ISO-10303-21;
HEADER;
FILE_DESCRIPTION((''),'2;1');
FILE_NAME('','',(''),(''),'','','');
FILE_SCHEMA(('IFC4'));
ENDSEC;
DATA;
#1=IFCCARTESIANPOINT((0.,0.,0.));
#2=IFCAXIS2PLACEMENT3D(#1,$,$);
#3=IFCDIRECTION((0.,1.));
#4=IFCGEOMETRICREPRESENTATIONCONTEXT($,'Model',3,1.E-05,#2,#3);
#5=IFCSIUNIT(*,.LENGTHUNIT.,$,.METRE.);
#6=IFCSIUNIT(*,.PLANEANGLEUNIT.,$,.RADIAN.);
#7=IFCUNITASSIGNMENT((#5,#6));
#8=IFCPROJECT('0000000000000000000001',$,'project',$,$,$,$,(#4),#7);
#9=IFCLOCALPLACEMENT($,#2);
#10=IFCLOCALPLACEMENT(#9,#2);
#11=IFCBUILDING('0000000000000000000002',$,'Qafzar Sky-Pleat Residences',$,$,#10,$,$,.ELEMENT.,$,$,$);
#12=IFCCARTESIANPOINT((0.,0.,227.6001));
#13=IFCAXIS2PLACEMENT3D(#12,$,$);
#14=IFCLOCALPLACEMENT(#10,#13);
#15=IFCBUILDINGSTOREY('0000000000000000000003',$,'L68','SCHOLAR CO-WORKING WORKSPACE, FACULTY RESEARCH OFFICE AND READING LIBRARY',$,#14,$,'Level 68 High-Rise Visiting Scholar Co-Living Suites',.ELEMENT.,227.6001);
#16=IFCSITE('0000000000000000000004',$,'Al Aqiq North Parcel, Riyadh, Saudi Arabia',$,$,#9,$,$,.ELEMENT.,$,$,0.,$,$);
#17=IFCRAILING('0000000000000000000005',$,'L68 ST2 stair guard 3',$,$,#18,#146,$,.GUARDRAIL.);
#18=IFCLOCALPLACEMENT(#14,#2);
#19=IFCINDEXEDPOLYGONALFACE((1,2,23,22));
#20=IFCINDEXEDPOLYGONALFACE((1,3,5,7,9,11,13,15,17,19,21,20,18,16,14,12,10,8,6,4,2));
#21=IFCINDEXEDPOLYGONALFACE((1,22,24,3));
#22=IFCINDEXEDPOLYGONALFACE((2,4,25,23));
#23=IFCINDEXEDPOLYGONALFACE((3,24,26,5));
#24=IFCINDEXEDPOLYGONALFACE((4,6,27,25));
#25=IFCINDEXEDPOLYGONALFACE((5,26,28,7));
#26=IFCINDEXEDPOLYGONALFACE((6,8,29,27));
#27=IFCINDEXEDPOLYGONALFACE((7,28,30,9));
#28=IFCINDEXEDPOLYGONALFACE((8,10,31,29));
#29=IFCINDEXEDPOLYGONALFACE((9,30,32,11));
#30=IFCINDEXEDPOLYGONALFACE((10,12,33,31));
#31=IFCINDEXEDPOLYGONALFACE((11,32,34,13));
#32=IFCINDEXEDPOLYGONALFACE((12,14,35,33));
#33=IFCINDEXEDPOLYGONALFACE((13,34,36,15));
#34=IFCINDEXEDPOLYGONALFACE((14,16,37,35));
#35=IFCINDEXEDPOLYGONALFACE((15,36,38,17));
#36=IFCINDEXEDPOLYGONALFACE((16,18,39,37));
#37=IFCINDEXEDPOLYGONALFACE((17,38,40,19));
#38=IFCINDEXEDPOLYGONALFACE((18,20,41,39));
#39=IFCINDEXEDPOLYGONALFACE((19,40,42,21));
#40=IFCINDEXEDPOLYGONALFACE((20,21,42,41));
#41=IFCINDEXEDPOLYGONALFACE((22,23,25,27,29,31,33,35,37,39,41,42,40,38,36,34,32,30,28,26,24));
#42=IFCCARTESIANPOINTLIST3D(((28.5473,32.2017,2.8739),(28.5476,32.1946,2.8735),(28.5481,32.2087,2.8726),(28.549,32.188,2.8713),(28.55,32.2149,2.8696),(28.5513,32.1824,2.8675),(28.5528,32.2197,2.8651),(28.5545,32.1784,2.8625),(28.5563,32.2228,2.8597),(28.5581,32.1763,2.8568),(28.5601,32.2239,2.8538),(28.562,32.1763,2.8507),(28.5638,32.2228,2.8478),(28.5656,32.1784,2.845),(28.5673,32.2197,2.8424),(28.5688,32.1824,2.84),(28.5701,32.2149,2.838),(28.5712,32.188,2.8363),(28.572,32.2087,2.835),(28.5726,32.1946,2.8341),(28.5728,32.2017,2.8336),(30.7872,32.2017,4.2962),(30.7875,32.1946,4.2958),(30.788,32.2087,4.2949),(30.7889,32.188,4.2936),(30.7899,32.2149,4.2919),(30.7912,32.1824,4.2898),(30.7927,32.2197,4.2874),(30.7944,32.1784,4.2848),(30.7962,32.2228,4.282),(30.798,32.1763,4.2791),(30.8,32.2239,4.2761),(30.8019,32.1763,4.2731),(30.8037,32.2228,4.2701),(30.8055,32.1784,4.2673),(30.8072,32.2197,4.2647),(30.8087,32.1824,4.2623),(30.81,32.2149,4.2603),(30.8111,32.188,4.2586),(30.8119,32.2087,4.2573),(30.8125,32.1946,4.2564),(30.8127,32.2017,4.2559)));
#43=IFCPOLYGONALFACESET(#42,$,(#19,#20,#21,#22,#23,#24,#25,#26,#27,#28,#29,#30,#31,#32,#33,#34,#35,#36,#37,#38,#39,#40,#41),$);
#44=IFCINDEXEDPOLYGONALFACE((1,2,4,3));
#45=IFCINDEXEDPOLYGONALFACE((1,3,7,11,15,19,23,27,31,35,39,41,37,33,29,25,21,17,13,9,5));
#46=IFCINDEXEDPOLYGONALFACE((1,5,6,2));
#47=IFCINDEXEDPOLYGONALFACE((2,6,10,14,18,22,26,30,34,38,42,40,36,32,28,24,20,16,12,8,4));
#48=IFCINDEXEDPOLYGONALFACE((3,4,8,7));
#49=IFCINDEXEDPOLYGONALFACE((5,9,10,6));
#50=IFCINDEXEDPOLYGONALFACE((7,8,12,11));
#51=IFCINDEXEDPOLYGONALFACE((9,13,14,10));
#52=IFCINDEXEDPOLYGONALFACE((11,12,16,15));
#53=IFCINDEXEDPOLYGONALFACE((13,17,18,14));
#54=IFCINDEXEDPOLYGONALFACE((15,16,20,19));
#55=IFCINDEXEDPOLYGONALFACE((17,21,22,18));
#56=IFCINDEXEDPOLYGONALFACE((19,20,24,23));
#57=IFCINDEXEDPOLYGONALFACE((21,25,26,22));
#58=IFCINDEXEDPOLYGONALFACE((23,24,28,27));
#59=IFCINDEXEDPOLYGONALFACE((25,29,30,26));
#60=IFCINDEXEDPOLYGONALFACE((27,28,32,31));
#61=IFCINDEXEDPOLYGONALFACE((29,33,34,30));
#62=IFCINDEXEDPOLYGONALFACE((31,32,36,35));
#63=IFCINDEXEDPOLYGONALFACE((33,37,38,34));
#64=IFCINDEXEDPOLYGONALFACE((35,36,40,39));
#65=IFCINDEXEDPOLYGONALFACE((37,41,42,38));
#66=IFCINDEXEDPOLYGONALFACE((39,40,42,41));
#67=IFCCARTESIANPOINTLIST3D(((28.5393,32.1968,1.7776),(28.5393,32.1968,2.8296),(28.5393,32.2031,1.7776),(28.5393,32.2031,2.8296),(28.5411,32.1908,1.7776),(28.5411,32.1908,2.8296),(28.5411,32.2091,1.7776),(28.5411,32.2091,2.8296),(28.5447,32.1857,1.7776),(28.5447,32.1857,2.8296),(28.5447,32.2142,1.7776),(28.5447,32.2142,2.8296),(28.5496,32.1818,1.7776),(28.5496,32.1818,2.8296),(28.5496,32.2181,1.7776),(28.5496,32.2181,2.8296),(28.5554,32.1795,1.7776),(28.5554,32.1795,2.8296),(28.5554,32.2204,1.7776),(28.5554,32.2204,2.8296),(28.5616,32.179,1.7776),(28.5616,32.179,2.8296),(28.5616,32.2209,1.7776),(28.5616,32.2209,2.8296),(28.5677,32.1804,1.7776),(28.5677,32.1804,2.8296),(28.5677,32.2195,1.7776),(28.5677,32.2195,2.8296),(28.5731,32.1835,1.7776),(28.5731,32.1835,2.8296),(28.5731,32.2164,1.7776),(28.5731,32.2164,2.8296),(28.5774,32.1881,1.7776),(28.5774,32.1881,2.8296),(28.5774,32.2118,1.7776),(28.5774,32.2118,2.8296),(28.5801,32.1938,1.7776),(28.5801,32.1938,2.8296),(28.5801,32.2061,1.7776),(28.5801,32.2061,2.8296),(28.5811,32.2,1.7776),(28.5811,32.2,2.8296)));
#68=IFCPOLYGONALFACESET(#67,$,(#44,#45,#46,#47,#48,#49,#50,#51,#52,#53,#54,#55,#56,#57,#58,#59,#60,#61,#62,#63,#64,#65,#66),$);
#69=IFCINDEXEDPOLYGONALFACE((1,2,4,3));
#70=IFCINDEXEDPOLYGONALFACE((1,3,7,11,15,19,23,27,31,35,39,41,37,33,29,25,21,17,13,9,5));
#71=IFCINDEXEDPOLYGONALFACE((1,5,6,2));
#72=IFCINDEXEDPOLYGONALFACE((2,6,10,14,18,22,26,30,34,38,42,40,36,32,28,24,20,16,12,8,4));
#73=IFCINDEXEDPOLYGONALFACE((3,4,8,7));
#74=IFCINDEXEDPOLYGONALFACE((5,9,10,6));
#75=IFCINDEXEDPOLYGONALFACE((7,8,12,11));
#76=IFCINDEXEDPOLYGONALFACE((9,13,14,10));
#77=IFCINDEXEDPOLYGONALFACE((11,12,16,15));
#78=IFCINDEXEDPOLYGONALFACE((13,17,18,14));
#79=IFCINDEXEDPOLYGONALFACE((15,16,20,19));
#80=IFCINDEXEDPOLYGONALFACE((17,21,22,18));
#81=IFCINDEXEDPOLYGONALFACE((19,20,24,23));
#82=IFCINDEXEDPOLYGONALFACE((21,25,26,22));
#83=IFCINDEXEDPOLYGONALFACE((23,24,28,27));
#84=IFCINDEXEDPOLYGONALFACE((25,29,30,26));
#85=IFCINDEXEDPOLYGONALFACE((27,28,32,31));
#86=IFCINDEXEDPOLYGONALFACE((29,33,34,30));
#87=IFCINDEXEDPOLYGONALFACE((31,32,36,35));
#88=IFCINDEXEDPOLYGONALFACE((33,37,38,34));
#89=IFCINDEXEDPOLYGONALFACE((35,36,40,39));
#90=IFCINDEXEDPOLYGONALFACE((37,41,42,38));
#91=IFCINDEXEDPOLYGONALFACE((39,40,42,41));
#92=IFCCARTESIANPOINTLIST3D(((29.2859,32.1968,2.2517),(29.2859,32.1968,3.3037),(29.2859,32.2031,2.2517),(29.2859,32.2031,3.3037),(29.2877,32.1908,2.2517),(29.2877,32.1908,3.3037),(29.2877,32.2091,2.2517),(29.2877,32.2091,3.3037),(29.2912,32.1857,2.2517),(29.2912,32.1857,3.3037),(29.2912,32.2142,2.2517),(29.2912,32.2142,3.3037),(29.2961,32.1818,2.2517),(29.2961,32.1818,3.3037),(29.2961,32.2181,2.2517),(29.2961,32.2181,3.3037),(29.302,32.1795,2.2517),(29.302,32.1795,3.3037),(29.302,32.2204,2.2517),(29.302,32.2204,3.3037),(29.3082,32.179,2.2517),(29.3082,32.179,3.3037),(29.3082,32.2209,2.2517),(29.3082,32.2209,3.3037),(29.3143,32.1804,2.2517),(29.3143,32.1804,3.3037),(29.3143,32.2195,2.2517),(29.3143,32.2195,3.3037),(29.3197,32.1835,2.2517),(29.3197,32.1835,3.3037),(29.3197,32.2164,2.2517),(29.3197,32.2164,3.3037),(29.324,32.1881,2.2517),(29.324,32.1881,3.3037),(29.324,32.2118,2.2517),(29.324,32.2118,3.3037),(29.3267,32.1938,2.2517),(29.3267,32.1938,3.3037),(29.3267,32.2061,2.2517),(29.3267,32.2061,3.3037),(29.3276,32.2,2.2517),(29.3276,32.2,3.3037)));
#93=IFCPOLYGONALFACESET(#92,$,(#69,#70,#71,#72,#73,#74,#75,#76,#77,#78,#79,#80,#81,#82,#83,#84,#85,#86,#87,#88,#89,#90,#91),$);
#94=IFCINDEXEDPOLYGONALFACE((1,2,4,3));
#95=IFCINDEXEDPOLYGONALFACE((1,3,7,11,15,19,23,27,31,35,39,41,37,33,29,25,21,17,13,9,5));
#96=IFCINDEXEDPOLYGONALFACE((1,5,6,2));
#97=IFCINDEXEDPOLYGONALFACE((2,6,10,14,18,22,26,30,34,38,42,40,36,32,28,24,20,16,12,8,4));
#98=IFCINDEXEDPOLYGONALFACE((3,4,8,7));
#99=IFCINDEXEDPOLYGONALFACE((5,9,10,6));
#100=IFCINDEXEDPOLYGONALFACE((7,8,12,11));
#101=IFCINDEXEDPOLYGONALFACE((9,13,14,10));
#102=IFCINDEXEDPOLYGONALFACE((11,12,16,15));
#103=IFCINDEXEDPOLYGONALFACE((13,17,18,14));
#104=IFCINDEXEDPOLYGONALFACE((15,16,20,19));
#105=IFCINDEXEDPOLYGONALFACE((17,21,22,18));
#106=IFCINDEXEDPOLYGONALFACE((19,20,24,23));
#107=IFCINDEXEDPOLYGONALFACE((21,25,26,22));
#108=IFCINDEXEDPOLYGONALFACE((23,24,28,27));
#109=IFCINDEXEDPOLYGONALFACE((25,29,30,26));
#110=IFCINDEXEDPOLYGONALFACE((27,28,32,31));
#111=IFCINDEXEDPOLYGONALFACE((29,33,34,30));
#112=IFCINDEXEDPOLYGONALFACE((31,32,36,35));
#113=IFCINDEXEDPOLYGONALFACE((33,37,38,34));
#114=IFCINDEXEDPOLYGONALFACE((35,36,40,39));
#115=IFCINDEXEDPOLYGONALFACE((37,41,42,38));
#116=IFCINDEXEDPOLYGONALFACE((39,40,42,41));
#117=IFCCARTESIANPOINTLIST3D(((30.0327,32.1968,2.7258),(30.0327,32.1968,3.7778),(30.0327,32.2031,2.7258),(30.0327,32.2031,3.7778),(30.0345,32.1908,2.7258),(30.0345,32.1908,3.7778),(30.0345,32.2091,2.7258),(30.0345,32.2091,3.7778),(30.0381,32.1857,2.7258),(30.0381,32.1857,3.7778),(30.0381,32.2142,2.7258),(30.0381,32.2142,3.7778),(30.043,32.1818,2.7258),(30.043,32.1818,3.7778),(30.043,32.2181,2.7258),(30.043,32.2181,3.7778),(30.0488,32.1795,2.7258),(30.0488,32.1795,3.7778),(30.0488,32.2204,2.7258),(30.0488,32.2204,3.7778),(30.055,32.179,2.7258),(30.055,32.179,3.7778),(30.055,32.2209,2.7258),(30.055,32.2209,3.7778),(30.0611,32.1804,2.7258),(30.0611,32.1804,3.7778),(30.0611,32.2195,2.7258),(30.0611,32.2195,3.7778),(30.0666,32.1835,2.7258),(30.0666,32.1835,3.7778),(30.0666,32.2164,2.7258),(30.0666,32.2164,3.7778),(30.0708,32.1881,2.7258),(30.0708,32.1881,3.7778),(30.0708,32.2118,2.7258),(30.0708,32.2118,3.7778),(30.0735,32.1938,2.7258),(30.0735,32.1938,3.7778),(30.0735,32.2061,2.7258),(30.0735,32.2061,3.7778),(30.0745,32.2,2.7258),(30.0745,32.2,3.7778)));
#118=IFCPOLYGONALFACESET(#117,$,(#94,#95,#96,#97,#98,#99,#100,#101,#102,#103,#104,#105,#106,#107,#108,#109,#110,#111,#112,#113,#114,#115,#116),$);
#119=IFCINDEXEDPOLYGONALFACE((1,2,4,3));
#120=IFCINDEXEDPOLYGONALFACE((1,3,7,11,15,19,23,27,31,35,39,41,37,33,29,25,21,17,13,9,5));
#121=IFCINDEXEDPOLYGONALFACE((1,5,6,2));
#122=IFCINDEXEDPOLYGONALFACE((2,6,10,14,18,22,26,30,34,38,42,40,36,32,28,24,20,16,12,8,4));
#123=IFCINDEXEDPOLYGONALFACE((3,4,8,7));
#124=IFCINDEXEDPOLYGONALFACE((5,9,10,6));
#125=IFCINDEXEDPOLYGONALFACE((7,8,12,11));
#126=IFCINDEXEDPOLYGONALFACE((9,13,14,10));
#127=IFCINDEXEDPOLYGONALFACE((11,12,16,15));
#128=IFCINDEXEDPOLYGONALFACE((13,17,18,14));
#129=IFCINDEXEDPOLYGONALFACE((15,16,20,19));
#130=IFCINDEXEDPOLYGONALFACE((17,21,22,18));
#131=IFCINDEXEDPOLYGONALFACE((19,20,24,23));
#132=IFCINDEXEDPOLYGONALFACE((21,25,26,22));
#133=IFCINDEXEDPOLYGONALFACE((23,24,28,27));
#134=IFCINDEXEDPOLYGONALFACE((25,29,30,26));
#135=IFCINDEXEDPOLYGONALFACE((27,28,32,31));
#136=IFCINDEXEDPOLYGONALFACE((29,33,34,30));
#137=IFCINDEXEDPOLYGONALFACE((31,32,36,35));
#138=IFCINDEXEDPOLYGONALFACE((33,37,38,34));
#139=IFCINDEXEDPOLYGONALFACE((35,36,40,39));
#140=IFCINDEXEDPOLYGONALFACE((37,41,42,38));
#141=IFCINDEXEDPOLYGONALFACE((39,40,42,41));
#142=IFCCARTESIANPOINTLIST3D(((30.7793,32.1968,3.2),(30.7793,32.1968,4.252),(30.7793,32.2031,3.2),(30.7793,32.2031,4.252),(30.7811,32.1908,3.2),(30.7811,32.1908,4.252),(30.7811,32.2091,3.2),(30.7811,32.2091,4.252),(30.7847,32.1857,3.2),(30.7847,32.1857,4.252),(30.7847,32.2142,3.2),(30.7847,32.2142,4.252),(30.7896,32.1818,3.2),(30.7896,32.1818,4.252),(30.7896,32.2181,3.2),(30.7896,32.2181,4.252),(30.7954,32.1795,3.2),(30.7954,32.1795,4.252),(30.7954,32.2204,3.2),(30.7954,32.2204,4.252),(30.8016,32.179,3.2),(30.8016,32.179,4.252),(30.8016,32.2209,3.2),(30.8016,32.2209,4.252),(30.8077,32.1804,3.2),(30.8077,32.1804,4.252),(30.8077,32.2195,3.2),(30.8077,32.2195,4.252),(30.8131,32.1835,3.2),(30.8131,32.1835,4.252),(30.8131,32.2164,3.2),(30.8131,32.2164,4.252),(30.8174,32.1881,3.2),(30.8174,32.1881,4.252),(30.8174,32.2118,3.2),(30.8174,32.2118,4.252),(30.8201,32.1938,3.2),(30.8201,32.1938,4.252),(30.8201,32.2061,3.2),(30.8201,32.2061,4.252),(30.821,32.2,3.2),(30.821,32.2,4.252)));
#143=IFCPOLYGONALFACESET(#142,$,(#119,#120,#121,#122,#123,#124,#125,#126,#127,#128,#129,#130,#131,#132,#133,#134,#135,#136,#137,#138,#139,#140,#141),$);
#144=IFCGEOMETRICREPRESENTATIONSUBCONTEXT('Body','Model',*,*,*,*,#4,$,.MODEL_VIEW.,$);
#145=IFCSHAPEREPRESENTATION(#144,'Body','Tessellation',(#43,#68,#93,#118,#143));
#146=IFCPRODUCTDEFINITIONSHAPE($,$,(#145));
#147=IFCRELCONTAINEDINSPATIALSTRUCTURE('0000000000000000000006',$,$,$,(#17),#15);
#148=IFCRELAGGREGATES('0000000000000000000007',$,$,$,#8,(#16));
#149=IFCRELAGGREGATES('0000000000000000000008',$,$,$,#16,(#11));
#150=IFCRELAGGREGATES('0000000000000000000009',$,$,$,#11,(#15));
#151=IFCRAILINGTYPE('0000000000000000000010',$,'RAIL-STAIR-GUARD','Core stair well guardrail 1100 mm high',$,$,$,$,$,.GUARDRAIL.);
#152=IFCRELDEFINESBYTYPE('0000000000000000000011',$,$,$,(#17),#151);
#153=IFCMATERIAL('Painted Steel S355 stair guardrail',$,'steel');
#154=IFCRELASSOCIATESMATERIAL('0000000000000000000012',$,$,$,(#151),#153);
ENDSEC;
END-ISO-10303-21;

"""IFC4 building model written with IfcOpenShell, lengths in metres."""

from ifc_helpers import new_model, si_unit, direction, frame, origin, origin_2d, place, context, subcontext, project, spatial, circle, extrude, source, transform, mapped, material, type_object, element, save


model = new_model("IFC4")

# Units and contexts
model_context = context("Model", 3, precision=1e-05, world=origin(), true_north=direction((0.0, 1.0)))
body_context = subcontext(model_context, "Body", "Model", "MODEL_VIEW")
ifc_project = project(units=[si_unit("LENGTHUNIT", "METRE"), si_unit("PLANEANGLEUNIT", "RADIAN")], contexts=[model_context])

# Site, building, storey
site_placement = place(None, origin())
site = spatial("IfcSite", under=ifc_project, at=site_placement, Name="Al Aqiq North Parcel, Riyadh, Saudi Arabia", CompositionType="ELEMENT", RefElevation=0.0)
building_placement = place(site_placement, origin())
building = spatial("IfcBuilding", under=site, at=building_placement, Name="Qafzar Sky-Pleat Residences", CompositionType="ELEMENT")
storey_placement = place(building_placement, frame((0.0, 0.0, 227.6001)))
storey = spatial("IfcBuildingStorey", under=building, at=storey_placement, Name="L68", Description="SCHOLAR CO-WORKING WORKSPACE, FACULTY RESEARCH OFFICE AND READING LIBRARY", LongName="Level 68 High-Rise Visiting Scholar Co-Living Suites", CompositionType="ELEMENT", Elevation=227.6001)

# Railing
ifc_material_1 = material(Name="Painted Steel S355 stair guardrail", Category="steel")
railing_type_1 = type_object("IfcRailingType", Name="RAIL-STAIR-GUARD", Description="Core stair well guardrail 1100 mm high", PredefinedType="GUARDRAIL", material=ifc_material_1)
shared_shape_1 = source(origin(), body_context, "Body", "SweptSolid", [
    extrude(circle(Radius=0.0239, at=origin_2d()), frame((0.0, 0.0, 1.0762), z_axis=(0.844188, 0.0, 0.536048), x_axis=(0.0, 1.0, 0.0)), (0.0, 0.0, 1.0), 2.6533),
    extrude(circle(Radius=0.021, at=origin_2d()), origin(), (0.0, 0.0, 1.0), 1.052),
    extrude(circle(Radius=0.021, at=origin_2d()), frame((0.7466, 0.0, 0.4741)), (0.0, 0.0, 1.0), 1.052),
    extrude(circle(Radius=0.021, at=origin_2d()), frame((1.4934, 0.0, 0.9482)), (0.0, 0.0, 1.0), 1.052),
    extrude(circle(Radius=0.021, at=origin_2d()), frame((2.24, 0.0, 1.4224)), (0.0, 0.0, 1.0), 1.052),
])
railing_1_placement = place(storey_placement, frame((28.5601, 32.2, 1.7776)))
element("IfcRailing", 1, at=railing_1_placement, inside=storey, type_object=railing_type_1, Name="L68 ST2 stair guard 3", PredefinedType="GUARDRAIL", context=body_context, shape_type="MappedRepresentation", body=[
    mapped(shared_shape_1, transform((0.0, 0.0, 0.0), x_axis=(1.0, 0.0, 0.0), y_axis=(0.0, 1.0, 0.0), z_axis=(0.0, 0.0, 1.0), scale=1.0)),
])

save(model, "model.ifc")
